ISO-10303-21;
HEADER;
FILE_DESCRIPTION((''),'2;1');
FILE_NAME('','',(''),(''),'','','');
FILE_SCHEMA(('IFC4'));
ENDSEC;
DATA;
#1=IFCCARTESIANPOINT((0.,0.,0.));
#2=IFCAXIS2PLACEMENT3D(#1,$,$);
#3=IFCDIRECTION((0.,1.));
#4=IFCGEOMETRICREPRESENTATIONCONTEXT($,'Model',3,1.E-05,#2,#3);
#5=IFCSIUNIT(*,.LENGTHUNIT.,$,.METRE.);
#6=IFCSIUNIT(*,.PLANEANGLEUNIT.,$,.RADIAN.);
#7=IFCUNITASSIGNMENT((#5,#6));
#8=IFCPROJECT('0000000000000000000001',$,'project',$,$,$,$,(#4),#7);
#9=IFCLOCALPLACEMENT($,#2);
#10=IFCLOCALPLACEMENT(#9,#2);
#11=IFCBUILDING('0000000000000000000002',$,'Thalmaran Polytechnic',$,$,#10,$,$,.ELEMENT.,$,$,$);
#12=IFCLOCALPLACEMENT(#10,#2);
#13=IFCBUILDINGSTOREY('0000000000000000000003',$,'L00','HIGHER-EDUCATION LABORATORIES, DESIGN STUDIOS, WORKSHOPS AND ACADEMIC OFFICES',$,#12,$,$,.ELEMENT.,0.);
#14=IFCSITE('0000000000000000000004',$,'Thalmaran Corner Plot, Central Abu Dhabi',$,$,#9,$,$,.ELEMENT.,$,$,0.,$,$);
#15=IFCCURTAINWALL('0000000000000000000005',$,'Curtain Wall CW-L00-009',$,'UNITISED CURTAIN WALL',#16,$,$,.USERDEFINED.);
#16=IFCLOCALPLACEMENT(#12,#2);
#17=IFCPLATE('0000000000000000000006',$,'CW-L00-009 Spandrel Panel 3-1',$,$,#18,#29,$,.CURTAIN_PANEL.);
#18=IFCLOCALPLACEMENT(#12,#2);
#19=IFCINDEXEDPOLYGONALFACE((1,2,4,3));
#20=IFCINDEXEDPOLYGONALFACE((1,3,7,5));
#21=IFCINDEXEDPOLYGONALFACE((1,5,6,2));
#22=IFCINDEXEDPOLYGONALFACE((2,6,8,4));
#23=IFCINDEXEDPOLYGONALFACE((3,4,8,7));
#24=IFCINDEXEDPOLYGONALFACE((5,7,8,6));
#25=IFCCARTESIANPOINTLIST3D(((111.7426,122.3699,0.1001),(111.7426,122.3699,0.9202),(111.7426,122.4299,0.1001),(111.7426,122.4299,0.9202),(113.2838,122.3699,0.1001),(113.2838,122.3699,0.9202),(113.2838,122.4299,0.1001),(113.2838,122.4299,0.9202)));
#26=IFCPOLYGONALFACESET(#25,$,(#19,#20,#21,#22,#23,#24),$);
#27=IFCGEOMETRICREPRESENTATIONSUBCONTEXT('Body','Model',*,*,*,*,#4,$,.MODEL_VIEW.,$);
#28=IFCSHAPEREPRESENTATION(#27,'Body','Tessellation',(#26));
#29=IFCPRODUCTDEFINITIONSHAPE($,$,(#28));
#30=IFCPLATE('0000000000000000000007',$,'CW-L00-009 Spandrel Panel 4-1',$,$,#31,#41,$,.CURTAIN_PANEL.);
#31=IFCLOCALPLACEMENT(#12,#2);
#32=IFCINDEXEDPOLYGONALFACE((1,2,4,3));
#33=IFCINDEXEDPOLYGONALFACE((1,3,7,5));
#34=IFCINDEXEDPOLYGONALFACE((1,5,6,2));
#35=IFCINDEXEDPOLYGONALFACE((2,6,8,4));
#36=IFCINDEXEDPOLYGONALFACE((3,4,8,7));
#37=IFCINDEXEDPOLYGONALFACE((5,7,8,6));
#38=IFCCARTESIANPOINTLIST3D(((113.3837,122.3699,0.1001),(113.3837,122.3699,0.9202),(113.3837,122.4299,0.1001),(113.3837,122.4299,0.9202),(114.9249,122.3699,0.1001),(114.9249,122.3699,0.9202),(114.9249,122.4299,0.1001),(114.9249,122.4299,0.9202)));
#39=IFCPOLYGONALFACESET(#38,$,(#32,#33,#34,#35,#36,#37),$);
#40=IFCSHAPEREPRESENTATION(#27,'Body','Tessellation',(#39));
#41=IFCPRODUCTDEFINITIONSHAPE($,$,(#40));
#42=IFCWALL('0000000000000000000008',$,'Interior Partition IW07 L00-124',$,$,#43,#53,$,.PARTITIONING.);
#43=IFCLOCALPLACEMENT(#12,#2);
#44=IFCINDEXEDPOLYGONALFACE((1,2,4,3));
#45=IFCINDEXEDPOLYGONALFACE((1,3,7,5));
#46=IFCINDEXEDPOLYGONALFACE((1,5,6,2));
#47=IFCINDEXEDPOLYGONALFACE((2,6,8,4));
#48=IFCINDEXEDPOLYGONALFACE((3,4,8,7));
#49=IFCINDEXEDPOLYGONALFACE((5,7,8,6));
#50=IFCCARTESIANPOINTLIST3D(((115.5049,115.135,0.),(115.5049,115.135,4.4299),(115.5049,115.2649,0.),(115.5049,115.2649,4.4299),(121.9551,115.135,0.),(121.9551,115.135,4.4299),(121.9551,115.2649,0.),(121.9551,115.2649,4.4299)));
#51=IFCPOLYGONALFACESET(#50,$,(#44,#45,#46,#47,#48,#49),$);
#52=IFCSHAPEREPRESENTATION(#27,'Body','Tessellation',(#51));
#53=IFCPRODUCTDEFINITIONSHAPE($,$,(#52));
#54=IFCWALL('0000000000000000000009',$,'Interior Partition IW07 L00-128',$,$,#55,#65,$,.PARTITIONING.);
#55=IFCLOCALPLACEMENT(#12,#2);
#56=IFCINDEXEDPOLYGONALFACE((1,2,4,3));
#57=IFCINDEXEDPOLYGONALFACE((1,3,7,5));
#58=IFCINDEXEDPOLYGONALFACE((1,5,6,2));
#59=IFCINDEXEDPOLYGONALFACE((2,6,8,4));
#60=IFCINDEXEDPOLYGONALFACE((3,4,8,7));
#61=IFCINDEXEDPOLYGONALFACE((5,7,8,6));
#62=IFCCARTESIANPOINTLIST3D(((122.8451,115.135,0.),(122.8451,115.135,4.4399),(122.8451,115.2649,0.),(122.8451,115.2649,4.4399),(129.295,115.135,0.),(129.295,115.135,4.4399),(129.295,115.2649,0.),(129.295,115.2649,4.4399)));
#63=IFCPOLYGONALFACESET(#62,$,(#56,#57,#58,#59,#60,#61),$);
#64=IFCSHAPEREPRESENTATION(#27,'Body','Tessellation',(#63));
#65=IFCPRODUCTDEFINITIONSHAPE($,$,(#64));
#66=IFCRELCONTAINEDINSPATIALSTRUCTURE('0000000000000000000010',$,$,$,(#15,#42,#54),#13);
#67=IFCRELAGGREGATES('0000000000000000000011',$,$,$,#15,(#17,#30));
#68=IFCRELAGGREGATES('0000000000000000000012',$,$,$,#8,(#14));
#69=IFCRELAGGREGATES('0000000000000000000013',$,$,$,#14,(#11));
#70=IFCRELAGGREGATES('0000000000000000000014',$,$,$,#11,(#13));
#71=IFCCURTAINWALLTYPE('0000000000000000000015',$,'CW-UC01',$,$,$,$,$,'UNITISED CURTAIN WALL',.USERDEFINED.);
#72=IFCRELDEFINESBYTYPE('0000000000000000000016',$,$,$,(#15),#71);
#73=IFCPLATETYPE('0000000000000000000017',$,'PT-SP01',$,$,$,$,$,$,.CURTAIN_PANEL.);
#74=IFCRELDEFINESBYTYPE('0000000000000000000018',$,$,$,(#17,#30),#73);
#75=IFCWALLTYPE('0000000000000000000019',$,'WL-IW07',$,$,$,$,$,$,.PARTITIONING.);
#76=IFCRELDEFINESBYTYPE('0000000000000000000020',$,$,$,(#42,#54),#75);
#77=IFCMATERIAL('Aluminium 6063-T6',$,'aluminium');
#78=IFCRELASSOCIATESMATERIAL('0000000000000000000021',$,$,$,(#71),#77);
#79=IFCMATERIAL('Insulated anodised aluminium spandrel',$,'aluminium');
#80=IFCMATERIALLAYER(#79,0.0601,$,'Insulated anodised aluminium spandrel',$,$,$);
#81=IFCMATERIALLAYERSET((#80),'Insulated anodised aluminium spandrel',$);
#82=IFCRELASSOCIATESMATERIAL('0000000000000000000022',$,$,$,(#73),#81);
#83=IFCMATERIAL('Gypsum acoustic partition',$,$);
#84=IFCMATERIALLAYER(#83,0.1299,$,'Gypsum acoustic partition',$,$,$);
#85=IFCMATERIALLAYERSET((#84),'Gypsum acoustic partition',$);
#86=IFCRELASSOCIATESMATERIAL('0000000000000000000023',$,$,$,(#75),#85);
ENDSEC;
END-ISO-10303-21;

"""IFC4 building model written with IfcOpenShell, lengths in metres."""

from ifc_helpers import new_model, si_unit, direction, frame, frame_2d, origin, origin_2d, place, context, subcontext, project, spatial, rectangle, extrude, material, layer, layer_set, type_object, element, aggregate, save


model = new_model("IFC4")

# Units and contexts
model_context = context("Model", 3, precision=1e-05, world=origin(), true_north=direction((0.0, 1.0)))
body_context = subcontext(model_context, "Body", "Model", "MODEL_VIEW")
ifc_project = project(units=[si_unit("LENGTHUNIT", "METRE"), si_unit("PLANEANGLEUNIT", "RADIAN")], contexts=[model_context])

# Site, building, storey
site_placement = place(None, origin())
site = spatial("IfcSite", under=ifc_project, at=site_placement, Name="Thalmaran Corner Plot, Central Abu Dhabi", CompositionType="ELEMENT", RefElevation=0.0)
building_placement = place(site_placement, origin())
building = spatial("IfcBuilding", under=site, at=building_placement, Name="Thalmaran Polytechnic", CompositionType="ELEMENT")
storey_placement = place(building_placement, origin())
storey = spatial("IfcBuildingStorey", under=building, at=storey_placement, Name="L00", Description="HIGHER-EDUCATION LABORATORIES, DESIGN STUDIOS, WORKSHOPS AND ACADEMIC OFFICES", CompositionType="ELEMENT", Elevation=0.0)

# Curtain wall
ifc_material_1 = material(Name="Aluminium 6063-T6", Category="aluminium")
curtain_wall_type = type_object("IfcCurtainWallType", Name="CW-UC01", ElementType="UNITISED CURTAIN WALL", PredefinedType="USERDEFINED", material=ifc_material_1)
curtain_wall_1_placement = place(storey_placement, origin())
curtain_wall_1 = element("IfcCurtainWall", 1, at=curtain_wall_1_placement, inside=storey, type_object=curtain_wall_type, Name="Curtain Wall CW-L00-009", ObjectType="UNITISED CURTAIN WALL", PredefinedType="USERDEFINED")

# Plates
ifc_material_2 = material(Name="Insulated anodised aluminium spandrel", Category="aluminium")
ifc_layer_1 = layer(ifc_material_2, 0.0601, Name="Insulated anodised aluminium spandrel")
ifc_layer_set_1 = layer_set([ifc_layer_1], Name="Insulated anodised aluminium spandrel")
plate_type_1 = type_object("IfcPlateType", Name="PT-SP01", PredefinedType="CURTAIN_PANEL", material=ifc_layer_set_1)
plate_1_placement = place(storey_placement, frame((112.5132, 122.3999, 0.1001), z_axis=(0.0, 0.0, 1.0), x_axis=(1.0, 0.0, 0.0)))
plate_1 = element("IfcPlate", 2, at=plate_1_placement, type_object=plate_type_1, Name="CW-L00-009 Spandrel Panel 3-1", PredefinedType="CURTAIN_PANEL", context=body_context, shape_type="SweptSolid", body=[
    extrude(rectangle(XDim=1.5413, YDim=0.0601, at=origin_2d()), origin(), (0.0, 0.0, 1.0), 0.8201),
])
plate_2_placement = place(storey_placement, frame((114.1543, 122.3999, 0.1001), z_axis=(0.0, 0.0, 1.0), x_axis=(1.0, 0.0, 0.0)))
plate_2 = element("IfcPlate", 3, at=plate_2_placement, type_object=plate_type_1, Name="CW-L00-009 Spandrel Panel 4-1", PredefinedType="CURTAIN_PANEL", context=body_context, shape_type="SweptSolid", body=[
    extrude(rectangle(XDim=1.5413, YDim=0.0601, at=origin_2d()), origin(), (0.0, 0.0, 1.0), 0.8201),
])
aggregate(curtain_wall_1, [plate_1, plate_2])

# Walls
ifc_material_3 = material(Name="Gypsum acoustic partition")
ifc_layer_2 = layer(ifc_material_3, 0.1299, Name="Gypsum acoustic partition")
ifc_layer_set_2 = layer_set([ifc_layer_2], Name="Gypsum acoustic partition")
wall_type_1 = type_object("IfcWallType", Name="WL-IW07", PredefinedType="PARTITIONING", material=ifc_layer_set_2)
wall_1_placement = place(storey_placement, frame((115.5049, 115.2, 0.0), z_axis=(0.0, 0.0, 1.0), x_axis=(1.0, 0.0, 0.0)))
element("IfcWall", 4, at=wall_1_placement, inside=storey, type_object=wall_type_1, Name="Interior Partition IW07 L00-124", PredefinedType="PARTITIONING", context=body_context, shape_type="SweptSolid", body=[
    extrude(rectangle(XDim=6.4502, YDim=0.1299, at=frame_2d((3.2251, 0.0))), origin(), (0.0, 0.0, 1.0), 4.4299),
])
wall_2_placement = place(storey_placement, frame((122.845, 115.2, 0.0), z_axis=(0.0, 0.0, 1.0), x_axis=(1.0, 0.0, 0.0)))
element("IfcWall", 5, at=wall_2_placement, inside=storey, type_object=wall_type_1, Name="Interior Partition IW07 L00-128", PredefinedType="PARTITIONING", context=body_context, shape_type="SweptSolid", body=[
    extrude(rectangle(XDim=6.45, YDim=0.1299, at=frame_2d((3.2251, 0.0))), origin(), (0.0, 0.0, 1.0), 4.4399),
])

save(model, "model.ifc")
